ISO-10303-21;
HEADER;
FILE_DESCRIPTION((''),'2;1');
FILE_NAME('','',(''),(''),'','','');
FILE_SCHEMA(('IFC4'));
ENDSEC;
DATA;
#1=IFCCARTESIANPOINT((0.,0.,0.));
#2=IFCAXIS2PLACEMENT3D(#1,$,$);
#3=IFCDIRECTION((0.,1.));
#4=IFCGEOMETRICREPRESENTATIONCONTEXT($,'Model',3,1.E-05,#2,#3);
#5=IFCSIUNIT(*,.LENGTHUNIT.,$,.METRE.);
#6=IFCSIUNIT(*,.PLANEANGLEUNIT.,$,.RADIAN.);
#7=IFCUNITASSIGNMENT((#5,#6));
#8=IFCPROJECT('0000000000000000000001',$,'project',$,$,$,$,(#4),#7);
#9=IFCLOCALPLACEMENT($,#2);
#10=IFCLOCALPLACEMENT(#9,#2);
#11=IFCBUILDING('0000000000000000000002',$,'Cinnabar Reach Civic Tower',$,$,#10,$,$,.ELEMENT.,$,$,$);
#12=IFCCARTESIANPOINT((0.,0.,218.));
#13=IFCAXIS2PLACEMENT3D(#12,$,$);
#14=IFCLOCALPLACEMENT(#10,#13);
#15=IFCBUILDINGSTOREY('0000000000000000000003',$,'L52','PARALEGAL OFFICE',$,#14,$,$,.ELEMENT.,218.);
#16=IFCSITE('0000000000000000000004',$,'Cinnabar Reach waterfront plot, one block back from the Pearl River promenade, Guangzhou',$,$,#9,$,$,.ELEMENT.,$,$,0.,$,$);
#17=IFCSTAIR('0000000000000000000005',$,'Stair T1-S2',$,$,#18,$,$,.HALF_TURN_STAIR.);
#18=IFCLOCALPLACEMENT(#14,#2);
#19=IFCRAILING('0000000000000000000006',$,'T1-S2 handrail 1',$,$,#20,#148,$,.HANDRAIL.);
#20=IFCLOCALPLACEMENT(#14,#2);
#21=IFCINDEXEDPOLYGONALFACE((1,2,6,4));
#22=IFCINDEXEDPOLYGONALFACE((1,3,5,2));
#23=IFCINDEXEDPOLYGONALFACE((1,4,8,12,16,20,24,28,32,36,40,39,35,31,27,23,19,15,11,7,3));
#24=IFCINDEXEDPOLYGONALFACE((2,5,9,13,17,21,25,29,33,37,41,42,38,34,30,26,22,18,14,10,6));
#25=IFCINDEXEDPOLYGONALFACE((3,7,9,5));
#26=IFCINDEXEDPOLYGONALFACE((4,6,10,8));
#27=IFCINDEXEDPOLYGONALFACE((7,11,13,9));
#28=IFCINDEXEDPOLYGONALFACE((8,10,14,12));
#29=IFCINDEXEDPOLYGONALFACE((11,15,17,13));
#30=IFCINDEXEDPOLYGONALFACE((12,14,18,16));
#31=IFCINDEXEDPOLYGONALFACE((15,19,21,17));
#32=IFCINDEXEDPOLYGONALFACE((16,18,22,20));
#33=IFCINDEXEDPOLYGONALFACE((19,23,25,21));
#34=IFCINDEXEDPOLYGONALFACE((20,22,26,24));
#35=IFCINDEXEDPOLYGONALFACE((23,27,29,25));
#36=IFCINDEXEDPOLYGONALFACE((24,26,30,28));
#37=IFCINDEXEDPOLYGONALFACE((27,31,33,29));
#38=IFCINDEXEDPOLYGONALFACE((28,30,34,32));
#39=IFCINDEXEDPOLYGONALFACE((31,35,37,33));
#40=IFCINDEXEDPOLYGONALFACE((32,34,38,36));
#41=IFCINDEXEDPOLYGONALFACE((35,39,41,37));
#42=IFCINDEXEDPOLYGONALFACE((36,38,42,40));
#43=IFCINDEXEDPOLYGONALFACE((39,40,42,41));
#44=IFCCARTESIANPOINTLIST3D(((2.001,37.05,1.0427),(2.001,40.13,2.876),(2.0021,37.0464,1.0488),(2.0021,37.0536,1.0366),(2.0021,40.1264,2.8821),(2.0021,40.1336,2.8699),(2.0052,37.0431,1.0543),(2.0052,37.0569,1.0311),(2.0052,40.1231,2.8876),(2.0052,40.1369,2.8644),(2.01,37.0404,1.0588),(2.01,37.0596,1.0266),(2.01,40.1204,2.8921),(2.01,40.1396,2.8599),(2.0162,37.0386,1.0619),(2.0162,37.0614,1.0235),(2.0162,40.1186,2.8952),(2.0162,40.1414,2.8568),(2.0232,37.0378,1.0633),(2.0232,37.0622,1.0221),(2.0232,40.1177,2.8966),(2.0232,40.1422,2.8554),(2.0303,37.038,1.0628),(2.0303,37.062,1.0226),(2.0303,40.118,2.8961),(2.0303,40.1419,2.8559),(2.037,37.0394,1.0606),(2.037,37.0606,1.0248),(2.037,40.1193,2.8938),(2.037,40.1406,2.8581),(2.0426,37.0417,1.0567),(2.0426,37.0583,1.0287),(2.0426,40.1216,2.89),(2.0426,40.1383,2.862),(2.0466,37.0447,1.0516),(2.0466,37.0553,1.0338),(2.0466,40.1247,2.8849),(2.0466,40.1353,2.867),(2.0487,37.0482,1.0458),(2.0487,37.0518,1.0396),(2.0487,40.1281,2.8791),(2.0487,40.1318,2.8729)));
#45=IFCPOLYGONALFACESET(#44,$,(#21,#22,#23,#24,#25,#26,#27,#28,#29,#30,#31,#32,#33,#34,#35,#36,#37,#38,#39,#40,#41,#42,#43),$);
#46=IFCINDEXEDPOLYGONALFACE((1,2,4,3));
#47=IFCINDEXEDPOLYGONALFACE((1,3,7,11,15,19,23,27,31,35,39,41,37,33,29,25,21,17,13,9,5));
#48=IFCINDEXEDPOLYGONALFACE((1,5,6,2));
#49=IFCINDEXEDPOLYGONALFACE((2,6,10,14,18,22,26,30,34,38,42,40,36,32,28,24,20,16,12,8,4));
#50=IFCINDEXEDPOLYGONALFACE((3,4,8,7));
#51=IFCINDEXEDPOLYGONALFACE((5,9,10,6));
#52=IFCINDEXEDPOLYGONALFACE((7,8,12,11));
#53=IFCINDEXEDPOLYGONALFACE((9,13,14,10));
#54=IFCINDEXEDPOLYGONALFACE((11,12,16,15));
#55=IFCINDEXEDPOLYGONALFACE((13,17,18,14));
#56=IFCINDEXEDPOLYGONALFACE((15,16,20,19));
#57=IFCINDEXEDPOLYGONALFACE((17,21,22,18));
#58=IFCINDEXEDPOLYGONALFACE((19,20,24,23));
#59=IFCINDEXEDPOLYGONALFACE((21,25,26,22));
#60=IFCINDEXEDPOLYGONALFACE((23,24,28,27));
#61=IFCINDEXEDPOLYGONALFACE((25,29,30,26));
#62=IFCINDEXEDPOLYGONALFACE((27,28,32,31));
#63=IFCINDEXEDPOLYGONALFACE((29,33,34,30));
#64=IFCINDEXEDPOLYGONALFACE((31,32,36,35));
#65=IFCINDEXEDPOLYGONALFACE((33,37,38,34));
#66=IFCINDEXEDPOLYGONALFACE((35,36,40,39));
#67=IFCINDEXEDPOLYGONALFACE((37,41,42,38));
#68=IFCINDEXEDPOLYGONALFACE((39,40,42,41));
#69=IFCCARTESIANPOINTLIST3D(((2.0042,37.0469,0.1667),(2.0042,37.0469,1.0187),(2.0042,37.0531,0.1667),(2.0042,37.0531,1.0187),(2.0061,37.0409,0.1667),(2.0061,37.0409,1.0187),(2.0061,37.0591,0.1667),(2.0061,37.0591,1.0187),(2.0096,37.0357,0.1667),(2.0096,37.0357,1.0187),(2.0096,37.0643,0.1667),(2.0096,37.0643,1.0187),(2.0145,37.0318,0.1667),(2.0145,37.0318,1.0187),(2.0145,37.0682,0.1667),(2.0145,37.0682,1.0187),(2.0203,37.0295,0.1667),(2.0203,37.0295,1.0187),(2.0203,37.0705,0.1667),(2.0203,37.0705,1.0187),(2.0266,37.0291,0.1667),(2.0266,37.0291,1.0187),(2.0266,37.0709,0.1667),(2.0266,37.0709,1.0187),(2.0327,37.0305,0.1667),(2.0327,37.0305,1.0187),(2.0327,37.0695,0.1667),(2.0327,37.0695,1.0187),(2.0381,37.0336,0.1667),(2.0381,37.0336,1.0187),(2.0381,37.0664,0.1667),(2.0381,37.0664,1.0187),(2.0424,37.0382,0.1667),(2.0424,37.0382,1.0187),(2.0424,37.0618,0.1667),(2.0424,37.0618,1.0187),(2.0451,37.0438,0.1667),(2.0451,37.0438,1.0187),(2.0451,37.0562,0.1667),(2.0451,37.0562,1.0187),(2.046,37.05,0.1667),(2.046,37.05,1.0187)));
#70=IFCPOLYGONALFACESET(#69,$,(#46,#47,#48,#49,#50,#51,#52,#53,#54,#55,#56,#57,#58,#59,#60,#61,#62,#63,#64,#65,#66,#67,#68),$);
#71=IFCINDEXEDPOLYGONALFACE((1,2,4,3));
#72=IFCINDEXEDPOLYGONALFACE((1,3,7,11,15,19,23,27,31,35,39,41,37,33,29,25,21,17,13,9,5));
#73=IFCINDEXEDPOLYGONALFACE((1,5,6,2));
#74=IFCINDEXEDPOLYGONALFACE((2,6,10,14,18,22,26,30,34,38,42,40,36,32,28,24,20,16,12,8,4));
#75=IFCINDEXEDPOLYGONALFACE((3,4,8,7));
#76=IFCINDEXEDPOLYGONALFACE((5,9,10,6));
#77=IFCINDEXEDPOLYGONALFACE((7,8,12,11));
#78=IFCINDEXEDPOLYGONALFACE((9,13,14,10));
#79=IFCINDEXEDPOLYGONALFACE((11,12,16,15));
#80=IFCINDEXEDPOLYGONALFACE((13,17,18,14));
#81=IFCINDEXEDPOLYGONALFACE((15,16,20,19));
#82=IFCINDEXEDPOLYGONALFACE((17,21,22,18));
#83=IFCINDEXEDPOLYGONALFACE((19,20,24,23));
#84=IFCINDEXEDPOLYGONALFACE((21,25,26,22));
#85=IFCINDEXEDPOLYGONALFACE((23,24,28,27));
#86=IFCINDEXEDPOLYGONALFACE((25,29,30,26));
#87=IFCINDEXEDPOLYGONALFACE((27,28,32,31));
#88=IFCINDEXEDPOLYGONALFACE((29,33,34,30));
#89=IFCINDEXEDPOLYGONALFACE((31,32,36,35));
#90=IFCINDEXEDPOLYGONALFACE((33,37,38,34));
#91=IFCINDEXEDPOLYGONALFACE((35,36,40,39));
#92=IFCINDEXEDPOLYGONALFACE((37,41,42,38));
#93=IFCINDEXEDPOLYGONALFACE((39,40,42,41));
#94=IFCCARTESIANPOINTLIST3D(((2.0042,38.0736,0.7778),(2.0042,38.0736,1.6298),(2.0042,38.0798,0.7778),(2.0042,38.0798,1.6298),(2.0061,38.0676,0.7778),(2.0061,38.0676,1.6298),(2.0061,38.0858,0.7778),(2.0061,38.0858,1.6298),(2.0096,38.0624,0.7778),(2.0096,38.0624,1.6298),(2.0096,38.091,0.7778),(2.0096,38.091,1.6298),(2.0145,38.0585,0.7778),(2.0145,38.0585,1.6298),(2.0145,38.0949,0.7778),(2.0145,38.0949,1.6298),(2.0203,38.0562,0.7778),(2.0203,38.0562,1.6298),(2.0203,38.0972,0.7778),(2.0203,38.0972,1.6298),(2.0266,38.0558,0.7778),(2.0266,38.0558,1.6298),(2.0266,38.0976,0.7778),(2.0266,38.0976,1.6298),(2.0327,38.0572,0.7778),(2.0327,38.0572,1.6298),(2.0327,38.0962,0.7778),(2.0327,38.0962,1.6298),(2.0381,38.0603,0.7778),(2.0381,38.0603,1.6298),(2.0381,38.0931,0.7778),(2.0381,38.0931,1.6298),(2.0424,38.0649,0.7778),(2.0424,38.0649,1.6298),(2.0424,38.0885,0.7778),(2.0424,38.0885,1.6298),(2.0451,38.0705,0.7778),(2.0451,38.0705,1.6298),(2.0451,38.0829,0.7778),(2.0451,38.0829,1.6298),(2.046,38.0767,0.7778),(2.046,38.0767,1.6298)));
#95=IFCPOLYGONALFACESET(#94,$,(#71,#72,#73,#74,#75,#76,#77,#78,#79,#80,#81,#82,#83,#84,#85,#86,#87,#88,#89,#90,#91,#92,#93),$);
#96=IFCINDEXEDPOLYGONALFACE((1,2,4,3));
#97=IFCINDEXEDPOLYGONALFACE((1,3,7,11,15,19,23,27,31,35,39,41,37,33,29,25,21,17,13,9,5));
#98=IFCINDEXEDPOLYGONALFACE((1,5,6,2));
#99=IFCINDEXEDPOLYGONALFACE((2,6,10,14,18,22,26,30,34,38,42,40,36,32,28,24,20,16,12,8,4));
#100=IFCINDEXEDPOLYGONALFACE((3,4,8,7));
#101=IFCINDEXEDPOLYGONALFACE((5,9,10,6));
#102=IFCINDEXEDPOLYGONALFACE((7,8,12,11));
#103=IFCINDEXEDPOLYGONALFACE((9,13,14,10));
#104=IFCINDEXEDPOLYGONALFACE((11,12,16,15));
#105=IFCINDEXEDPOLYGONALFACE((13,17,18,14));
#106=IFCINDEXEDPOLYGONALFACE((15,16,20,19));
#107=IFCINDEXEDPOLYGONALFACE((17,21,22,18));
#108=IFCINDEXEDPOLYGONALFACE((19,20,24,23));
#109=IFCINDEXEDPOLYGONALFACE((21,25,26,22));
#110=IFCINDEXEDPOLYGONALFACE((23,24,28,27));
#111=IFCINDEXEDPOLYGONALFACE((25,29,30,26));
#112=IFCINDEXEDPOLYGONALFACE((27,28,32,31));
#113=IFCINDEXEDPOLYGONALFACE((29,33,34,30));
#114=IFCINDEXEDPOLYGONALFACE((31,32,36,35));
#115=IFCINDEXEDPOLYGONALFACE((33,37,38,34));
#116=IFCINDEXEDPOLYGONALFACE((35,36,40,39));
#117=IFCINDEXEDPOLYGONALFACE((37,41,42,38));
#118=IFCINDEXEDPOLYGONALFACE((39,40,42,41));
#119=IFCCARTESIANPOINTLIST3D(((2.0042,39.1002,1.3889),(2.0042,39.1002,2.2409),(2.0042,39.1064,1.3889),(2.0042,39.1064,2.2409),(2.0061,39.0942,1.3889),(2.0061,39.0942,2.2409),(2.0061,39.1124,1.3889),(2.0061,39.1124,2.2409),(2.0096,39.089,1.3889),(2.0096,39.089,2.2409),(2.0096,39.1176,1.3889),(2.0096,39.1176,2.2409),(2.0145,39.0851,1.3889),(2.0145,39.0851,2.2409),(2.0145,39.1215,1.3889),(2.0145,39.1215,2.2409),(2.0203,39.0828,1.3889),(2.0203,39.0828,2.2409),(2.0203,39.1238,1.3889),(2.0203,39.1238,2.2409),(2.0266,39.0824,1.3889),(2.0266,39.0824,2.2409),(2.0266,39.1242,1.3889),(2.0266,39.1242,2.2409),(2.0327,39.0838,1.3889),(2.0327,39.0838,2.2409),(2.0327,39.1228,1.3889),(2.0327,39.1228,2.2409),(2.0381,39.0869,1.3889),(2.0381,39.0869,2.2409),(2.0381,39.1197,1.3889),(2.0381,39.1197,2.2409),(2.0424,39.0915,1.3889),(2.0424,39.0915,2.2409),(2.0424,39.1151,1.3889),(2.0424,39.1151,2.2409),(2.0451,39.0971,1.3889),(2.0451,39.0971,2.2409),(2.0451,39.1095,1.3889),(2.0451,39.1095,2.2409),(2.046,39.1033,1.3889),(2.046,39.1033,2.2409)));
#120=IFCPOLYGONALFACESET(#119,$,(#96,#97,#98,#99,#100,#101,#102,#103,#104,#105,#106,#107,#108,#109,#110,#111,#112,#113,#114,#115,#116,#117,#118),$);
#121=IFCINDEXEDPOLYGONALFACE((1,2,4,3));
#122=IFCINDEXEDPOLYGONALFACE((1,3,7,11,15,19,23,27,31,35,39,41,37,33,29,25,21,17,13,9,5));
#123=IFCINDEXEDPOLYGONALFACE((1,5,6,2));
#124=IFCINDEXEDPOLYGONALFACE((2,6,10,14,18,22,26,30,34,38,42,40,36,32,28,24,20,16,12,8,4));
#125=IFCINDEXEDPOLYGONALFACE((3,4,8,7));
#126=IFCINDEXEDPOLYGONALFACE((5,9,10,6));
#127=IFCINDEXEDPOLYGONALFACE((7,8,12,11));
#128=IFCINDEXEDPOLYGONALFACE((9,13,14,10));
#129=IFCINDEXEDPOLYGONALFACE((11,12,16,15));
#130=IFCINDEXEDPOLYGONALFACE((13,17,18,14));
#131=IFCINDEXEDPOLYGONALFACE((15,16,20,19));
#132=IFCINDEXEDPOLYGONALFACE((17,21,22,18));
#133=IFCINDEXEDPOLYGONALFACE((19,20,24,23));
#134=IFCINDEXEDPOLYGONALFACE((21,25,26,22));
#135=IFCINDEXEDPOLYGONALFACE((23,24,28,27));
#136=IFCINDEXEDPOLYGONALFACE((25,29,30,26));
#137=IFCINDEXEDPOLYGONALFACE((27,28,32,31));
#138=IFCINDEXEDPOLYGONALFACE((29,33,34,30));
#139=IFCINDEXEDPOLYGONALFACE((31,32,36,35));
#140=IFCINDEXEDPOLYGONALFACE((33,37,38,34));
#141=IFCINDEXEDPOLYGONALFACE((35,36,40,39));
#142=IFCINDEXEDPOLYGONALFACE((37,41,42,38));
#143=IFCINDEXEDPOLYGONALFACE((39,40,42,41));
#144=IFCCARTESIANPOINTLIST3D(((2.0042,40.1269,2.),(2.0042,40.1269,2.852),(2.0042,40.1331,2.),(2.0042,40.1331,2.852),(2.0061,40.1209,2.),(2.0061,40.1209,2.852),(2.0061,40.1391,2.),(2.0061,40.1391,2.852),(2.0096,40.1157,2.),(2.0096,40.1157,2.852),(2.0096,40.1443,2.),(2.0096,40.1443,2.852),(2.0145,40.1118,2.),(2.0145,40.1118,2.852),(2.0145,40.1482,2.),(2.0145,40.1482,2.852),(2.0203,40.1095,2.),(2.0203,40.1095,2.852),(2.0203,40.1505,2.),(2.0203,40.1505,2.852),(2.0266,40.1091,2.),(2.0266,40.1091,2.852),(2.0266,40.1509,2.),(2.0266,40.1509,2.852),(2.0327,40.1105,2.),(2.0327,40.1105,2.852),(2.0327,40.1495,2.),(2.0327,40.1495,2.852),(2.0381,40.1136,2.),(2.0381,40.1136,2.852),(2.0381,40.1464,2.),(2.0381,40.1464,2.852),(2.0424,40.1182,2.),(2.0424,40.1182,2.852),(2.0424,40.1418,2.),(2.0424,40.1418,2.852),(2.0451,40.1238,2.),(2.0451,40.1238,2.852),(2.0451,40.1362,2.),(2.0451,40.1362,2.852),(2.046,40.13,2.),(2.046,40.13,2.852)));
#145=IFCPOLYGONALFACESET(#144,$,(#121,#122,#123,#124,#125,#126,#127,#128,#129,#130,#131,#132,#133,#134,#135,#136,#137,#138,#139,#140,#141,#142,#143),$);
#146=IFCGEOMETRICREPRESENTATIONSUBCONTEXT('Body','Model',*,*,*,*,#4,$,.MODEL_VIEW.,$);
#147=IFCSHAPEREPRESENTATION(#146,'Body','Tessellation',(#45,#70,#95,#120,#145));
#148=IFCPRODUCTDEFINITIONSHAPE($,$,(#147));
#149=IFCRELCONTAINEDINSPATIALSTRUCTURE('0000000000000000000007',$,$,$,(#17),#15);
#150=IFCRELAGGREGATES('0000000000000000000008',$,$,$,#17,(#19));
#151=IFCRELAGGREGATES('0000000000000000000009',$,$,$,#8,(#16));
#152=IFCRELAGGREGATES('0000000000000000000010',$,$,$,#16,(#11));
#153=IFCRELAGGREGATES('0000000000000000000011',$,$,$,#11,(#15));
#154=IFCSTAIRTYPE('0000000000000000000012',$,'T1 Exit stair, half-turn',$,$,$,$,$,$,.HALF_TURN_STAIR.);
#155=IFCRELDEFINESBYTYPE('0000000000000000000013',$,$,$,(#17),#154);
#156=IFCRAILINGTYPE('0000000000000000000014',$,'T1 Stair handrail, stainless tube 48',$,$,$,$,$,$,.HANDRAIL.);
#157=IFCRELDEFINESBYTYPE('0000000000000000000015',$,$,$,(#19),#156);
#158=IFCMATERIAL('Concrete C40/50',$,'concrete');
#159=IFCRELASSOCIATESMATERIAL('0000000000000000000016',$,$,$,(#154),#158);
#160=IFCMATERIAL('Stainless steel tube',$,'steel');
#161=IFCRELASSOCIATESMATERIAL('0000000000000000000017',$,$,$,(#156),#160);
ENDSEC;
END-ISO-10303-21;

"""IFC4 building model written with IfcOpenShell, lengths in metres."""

from ifc_helpers import new_model, si_unit, direction, frame, origin, origin_2d, place, context, subcontext, project, spatial, circle, extrude, material, type_object, element, aggregate, save


model = new_model("IFC4")

# Units and contexts
model_context = context("Model", 3, precision=1e-05, world=origin(), true_north=direction((0.0, 1.0)))
body_context = subcontext(model_context, "Body", "Model", "MODEL_VIEW")
ifc_project = project(units=[si_unit("LENGTHUNIT", "METRE"), si_unit("PLANEANGLEUNIT", "RADIAN")], contexts=[model_context])

# Site, building, storey
site_placement = place(None, origin())
site = spatial("IfcSite", under=ifc_project, at=site_placement, Name="Cinnabar Reach waterfront plot, one block back from the Pearl River promenade, Guangzhou", CompositionType="ELEMENT", RefElevation=0.0)
building_placement = place(site_placement, origin())
building = spatial("IfcBuilding", under=site, at=building_placement, Name="Cinnabar Reach Civic Tower", CompositionType="ELEMENT")
storey_placement = place(building_placement, frame((0.0, 0.0, 218.0)))
storey = spatial("IfcBuildingStorey", under=building, at=storey_placement, Name="L52", Description="PARALEGAL OFFICE", CompositionType="ELEMENT", Elevation=218.0)

# Shared definitions
ifc_material_1 = material(Name="Concrete C40/50", Category="concrete")

# Stair, railing
stair_type = type_object("IfcStairType", Name="T1 Exit stair, half-turn", PredefinedType="HALF_TURN_STAIR", material=ifc_material_1)
stair_placement = place(storey_placement, origin())
stair = element("IfcStair", 1, at=stair_placement, inside=storey, type_object=stair_type, Name="Stair T1-S2", PredefinedType="HALF_TURN_STAIR")
ifc_material_2 = material(Name="Stainless steel tube", Category="steel")
railing_type = type_object("IfcRailingType", Name="T1 Stair handrail, stainless tube 48", PredefinedType="HANDRAIL", material=ifc_material_2)
railing_1_placement = place(storey_placement, frame((2.025, 37.05, 0.1667)))
railing_1 = element("IfcRailing", 2, at=railing_1_placement, type_object=railing_type, Name="T1-S2 handrail 1", PredefinedType="HANDRAIL", context=body_context, shape_type="SweptSolid", body=[
    extrude(circle(Radius=0.024, at=origin_2d()), frame((0.0, 0.0, 0.876), z_axis=(0.0, 0.859297, 0.511477), x_axis=(-1.0, 0.0, 0.0)), (0.0, 0.0, 1.0), 3.5843),
    extrude(circle(Radius=0.021, at=origin_2d()), origin(), (0.0, 0.0, 1.0), 0.852),
    extrude(circle(Radius=0.021, at=origin_2d()), frame((0.0, 1.0267, 0.6111)), (0.0, 0.0, 1.0), 0.852),
    extrude(circle(Radius=0.021, at=origin_2d()), frame((0.0, 2.0533, 1.2222)), (0.0, 0.0, 1.0), 0.852),
    extrude(circle(Radius=0.021, at=origin_2d()), frame((0.0, 3.08, 1.8333)), (0.0, 0.0, 1.0), 0.852),
])
aggregate(stair, [railing_1])

save(model, "model.ifc")
